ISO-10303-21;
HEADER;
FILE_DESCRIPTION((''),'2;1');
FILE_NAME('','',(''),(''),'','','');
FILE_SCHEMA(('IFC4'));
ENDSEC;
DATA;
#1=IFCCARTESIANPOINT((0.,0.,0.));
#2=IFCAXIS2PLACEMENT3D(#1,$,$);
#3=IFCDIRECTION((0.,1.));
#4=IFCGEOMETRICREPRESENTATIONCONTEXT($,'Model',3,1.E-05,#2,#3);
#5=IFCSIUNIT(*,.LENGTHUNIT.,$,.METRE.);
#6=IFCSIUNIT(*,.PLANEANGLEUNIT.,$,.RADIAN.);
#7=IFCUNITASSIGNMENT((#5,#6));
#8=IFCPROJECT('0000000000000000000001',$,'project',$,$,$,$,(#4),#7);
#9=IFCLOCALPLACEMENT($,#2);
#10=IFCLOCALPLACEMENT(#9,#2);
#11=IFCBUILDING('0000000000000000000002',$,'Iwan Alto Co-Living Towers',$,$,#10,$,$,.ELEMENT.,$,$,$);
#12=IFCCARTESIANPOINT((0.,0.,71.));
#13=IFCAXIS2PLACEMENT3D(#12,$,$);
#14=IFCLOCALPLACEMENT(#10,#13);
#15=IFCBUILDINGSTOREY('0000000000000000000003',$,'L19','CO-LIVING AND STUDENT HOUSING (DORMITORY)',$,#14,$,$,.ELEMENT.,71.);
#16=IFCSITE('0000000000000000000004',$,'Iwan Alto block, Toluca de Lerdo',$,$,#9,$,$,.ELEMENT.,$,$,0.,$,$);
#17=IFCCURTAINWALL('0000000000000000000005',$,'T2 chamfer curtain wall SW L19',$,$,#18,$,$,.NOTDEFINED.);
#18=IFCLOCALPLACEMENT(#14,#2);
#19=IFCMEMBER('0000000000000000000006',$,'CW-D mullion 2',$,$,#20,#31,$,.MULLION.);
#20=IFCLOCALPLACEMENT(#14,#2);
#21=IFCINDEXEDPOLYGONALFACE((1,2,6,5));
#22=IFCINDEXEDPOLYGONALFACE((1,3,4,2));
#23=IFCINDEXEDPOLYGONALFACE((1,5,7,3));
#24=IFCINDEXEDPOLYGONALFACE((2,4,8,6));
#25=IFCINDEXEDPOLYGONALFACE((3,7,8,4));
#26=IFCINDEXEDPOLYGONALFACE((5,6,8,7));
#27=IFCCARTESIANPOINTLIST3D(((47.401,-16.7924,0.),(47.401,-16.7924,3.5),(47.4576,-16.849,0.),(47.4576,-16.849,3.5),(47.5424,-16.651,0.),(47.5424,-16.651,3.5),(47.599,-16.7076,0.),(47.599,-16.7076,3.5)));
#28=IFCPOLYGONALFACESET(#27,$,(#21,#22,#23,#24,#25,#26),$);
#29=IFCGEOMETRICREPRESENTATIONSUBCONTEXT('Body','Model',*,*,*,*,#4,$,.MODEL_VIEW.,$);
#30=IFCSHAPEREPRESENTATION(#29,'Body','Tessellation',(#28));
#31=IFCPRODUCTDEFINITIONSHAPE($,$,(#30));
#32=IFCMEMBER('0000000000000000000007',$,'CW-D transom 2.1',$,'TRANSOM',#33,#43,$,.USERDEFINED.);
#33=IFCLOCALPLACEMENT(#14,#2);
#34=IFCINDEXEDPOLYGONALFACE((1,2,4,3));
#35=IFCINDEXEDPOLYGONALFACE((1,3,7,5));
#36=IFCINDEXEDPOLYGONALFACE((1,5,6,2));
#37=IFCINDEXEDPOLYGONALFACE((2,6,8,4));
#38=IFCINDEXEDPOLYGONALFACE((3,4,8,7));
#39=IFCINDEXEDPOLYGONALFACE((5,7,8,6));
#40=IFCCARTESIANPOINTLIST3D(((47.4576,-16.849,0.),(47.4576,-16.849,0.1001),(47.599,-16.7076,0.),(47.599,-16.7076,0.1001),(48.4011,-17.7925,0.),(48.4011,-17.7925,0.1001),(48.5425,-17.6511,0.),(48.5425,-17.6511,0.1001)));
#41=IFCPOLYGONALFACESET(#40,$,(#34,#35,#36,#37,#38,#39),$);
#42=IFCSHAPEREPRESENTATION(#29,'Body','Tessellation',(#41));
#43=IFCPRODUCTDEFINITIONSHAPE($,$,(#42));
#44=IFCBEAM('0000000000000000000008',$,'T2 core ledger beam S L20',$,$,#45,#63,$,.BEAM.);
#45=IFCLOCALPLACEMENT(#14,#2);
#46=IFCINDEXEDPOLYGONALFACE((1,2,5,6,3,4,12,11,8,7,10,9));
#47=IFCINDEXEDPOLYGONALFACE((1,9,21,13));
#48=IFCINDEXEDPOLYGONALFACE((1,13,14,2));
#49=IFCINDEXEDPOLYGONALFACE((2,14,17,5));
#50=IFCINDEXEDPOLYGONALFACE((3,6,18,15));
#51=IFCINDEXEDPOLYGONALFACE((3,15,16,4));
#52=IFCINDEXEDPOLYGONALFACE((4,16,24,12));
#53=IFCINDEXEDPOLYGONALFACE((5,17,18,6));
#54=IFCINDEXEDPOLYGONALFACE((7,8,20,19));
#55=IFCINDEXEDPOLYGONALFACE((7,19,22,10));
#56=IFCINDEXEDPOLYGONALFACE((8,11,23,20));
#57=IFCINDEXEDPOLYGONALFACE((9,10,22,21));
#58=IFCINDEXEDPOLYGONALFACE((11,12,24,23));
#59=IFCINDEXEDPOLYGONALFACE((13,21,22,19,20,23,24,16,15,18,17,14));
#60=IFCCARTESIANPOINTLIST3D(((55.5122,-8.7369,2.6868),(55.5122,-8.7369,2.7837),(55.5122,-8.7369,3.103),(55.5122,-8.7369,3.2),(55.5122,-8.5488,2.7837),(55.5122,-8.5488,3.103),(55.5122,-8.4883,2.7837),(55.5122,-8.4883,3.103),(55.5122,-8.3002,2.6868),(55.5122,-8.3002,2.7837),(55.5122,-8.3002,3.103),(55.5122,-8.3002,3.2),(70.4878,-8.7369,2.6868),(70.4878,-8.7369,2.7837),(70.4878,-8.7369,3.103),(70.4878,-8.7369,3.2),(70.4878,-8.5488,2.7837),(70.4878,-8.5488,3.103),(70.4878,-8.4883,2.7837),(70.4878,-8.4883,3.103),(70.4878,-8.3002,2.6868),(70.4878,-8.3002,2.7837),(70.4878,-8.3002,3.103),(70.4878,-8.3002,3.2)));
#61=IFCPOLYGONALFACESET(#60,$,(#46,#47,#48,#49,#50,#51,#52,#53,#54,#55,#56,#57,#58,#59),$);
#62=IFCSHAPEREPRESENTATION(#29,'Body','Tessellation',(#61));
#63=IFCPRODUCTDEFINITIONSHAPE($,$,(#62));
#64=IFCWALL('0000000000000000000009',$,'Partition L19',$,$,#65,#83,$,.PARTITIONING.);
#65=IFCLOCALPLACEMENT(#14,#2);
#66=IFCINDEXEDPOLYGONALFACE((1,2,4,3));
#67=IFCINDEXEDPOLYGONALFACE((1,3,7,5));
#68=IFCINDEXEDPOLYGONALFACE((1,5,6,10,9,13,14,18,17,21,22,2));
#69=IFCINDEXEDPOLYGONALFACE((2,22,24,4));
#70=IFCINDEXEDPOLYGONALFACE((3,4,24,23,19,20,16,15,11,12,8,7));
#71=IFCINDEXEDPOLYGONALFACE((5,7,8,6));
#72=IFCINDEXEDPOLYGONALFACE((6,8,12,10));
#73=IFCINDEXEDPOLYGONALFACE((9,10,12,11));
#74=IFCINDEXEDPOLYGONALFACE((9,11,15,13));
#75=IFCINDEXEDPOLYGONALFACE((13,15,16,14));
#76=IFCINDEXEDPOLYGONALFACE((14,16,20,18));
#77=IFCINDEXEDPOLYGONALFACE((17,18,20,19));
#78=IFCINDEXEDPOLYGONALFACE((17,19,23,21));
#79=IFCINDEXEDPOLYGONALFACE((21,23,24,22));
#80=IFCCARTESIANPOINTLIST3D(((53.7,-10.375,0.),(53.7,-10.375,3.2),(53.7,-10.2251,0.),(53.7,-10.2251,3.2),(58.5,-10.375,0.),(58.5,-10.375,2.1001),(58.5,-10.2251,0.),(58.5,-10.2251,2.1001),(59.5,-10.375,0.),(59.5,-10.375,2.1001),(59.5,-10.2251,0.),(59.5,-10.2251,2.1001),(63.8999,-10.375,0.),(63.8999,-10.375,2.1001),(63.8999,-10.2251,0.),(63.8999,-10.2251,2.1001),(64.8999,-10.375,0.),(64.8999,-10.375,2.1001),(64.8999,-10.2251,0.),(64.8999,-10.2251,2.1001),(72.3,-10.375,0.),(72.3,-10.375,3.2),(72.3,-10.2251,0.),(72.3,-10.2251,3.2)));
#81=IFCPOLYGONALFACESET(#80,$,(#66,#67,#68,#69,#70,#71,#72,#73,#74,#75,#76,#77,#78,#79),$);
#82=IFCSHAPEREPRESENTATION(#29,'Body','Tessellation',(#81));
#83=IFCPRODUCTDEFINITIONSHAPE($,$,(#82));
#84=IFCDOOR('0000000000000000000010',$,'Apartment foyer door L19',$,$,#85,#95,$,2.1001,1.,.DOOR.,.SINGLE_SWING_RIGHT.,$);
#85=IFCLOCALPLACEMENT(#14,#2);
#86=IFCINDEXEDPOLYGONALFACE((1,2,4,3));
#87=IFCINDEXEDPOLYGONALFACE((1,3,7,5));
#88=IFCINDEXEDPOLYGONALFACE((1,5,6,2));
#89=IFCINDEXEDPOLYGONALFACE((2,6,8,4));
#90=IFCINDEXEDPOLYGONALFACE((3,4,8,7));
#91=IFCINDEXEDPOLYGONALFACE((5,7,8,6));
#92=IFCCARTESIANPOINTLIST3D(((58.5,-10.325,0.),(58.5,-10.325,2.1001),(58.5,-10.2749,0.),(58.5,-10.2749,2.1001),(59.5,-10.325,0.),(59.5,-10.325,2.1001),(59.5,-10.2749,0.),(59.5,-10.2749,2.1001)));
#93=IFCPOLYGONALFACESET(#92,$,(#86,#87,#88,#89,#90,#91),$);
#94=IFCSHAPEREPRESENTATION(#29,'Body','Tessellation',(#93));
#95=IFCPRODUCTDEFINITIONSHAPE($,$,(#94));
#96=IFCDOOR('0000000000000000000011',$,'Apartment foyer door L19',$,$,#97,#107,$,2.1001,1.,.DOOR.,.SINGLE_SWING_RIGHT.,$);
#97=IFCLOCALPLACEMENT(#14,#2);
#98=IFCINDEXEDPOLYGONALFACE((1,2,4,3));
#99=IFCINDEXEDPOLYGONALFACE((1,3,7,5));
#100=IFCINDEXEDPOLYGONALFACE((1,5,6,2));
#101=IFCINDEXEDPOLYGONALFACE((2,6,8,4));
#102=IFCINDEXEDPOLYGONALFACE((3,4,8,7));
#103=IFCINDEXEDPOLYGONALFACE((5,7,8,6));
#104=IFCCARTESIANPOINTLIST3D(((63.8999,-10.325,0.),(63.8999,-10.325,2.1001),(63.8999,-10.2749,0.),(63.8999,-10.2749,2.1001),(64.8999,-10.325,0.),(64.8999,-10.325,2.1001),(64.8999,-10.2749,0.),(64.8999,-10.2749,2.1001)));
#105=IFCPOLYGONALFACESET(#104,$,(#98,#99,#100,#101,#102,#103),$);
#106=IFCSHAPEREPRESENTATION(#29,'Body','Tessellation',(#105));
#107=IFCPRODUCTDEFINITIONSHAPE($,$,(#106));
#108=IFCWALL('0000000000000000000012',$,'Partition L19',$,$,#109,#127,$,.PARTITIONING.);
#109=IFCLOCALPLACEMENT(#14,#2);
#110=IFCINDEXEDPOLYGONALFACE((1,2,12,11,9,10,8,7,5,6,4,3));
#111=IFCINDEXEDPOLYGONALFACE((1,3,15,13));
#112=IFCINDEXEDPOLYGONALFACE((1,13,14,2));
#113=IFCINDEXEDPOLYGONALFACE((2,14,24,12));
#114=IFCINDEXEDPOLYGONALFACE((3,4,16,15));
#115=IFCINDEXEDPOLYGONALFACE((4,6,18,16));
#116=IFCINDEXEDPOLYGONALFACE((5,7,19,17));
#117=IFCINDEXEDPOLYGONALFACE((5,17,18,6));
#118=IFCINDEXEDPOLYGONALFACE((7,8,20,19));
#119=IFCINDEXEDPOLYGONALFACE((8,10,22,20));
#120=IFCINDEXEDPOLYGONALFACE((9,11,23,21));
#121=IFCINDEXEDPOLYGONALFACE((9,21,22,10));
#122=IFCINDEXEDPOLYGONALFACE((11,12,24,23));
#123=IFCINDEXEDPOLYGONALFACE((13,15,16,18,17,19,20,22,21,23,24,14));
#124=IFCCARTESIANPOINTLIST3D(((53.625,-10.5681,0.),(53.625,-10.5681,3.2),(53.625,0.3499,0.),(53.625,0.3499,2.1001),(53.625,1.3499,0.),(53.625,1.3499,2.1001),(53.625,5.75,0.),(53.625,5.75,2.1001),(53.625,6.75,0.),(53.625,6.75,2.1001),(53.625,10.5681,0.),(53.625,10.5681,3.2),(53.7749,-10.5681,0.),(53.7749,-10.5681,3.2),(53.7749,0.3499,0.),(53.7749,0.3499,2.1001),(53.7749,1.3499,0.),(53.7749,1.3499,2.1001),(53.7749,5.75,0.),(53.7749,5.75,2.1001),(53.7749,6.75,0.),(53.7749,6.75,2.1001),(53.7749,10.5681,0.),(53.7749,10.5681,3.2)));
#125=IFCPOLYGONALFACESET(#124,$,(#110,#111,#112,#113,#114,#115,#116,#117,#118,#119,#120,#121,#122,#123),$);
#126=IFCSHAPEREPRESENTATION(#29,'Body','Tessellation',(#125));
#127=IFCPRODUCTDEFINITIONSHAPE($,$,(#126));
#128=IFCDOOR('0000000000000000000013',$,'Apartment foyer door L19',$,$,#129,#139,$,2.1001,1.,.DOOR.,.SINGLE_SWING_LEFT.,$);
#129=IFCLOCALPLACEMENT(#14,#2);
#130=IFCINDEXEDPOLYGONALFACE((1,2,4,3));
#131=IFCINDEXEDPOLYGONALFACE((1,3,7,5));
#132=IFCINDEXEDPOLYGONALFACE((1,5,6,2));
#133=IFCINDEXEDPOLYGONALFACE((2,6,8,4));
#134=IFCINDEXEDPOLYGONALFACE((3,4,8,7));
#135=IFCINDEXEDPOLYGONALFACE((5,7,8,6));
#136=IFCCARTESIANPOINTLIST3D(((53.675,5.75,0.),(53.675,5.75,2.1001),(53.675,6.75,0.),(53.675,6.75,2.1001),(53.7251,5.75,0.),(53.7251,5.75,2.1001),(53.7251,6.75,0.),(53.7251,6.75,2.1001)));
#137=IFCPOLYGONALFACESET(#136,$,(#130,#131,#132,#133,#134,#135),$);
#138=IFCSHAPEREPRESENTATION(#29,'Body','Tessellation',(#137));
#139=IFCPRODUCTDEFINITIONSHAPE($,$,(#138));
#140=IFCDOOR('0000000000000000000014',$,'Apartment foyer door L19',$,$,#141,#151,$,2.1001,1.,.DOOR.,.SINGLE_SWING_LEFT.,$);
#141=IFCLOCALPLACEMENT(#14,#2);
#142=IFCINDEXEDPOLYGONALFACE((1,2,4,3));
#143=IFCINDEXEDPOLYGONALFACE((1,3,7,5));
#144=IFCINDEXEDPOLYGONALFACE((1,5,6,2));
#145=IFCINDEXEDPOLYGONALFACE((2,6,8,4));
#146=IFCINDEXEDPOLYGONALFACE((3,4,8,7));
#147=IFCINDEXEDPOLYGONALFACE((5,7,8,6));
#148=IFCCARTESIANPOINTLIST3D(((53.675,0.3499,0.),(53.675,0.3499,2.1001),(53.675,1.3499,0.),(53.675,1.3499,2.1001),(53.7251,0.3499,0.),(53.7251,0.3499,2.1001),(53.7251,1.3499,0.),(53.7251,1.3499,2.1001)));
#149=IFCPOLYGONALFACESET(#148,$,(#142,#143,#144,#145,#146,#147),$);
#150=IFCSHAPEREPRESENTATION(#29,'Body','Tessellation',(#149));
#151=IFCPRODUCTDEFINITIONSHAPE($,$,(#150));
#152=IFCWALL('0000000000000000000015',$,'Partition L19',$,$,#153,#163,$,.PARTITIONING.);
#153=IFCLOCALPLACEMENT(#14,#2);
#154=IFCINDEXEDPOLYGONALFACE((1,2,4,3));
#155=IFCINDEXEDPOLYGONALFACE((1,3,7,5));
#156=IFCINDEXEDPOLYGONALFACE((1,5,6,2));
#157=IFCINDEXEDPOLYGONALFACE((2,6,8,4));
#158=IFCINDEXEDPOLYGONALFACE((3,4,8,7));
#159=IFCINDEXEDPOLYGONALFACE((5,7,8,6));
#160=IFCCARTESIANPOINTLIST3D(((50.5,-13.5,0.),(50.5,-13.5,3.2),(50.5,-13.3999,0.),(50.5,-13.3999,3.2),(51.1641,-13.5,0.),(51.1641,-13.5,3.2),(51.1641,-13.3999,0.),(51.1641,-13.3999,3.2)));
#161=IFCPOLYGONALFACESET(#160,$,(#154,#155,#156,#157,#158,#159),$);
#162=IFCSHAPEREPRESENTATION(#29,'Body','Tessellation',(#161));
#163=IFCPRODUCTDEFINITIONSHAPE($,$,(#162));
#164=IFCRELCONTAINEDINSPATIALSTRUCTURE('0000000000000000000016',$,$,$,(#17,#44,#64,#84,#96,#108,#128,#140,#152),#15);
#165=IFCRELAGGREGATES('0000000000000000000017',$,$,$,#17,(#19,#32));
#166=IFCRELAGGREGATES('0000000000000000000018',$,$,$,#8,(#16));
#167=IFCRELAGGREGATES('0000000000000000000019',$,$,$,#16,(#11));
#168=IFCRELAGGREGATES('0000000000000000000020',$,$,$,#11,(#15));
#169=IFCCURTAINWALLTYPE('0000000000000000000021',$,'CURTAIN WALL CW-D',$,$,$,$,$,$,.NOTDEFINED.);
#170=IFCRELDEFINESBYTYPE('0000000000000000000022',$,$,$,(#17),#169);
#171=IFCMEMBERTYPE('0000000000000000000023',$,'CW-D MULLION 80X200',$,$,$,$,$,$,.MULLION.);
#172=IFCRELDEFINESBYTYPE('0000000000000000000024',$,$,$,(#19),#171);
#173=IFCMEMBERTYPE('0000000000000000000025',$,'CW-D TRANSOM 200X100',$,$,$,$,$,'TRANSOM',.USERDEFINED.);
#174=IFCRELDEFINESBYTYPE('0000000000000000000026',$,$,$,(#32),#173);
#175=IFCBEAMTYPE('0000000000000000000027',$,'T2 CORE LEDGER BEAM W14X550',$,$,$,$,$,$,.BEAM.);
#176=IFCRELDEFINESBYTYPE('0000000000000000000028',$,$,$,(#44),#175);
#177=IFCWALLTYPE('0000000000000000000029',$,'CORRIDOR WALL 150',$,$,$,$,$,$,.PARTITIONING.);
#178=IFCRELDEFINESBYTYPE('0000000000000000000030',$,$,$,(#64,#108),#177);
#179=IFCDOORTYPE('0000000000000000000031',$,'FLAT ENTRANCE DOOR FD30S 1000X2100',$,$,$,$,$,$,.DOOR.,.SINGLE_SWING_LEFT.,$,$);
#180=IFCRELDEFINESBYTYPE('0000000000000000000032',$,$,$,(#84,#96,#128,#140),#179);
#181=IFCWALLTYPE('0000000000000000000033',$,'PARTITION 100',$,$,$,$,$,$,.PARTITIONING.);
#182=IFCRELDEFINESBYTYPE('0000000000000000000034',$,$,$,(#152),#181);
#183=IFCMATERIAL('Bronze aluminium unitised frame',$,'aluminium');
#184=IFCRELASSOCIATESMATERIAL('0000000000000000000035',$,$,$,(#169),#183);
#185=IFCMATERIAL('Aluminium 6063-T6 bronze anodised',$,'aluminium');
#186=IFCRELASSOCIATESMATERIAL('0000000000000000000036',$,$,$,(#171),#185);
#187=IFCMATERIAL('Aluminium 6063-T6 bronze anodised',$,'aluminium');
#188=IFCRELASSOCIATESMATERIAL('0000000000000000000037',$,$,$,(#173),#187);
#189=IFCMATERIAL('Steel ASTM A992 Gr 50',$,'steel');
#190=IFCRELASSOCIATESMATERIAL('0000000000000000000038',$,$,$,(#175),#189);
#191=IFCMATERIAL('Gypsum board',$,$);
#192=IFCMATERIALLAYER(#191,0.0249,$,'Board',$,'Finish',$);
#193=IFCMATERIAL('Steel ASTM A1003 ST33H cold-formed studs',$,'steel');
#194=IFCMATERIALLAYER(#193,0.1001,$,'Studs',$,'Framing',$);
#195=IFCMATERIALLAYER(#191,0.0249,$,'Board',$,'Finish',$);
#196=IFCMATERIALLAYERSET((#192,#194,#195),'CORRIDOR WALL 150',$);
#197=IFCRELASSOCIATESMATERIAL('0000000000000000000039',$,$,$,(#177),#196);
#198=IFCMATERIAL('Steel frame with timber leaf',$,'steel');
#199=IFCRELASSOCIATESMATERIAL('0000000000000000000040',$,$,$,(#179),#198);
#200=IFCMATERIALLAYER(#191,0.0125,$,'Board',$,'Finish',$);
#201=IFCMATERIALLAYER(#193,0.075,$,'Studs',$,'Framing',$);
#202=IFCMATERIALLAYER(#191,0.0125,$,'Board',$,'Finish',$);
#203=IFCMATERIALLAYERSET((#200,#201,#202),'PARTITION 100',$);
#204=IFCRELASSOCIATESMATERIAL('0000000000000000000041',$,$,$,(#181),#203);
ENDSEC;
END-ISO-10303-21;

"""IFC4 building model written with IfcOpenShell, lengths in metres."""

from ifc_helpers import new_model, si_unit, direction, frame, frame_2d, origin, origin_2d, place, context, subcontext, project, spatial, rectangle, i_section, extrude, material, layer, layer_set, material_profile, profile_set, type_object, element, fill, aggregate, save


model = new_model("IFC4")

# Units and contexts
model_context = context("Model", 3, precision=1e-05, world=origin(), true_north=direction((0.0, 1.0)))
body_context = subcontext(model_context, "Body", "Model", "MODEL_VIEW")
ifc_project = project(units=[si_unit("LENGTHUNIT", "METRE"), si_unit("PLANEANGLEUNIT", "RADIAN")], contexts=[model_context])

# Site, building, storey
site_placement = place(None, origin())
site = spatial("IfcSite", under=ifc_project, at=site_placement, Name="Iwan Alto block, Toluca de Lerdo", CompositionType="ELEMENT", RefElevation=0.0)
building_placement = place(site_placement, origin())
building = spatial("IfcBuilding", under=site, at=building_placement, Name="Iwan Alto Co-Living Towers", CompositionType="ELEMENT")
storey_placement = place(building_placement, frame((0.0, 0.0, 71.0)))
storey = spatial("IfcBuildingStorey", under=building, at=storey_placement, Name="L19", Description="CO-LIVING AND STUDENT HOUSING (DORMITORY)", CompositionType="ELEMENT", Elevation=71.0)

# Curtain wall, members
ifc_material_1 = material(Name="Bronze aluminium unitised frame", Category="aluminium")
curtain_wall_type = type_object("IfcCurtainWallType", Name="CURTAIN WALL CW-D", PredefinedType="NOTDEFINED", material=ifc_material_1)
curtain_wall_placement = place(storey_placement, origin())
curtain_wall = element("IfcCurtainWall", 1, at=curtain_wall_placement, inside=storey, type_object=curtain_wall_type, Name="T2 chamfer curtain wall SW L19", PredefinedType="NOTDEFINED")
ifc_material_2 = material(Name="Aluminium 6063-T6 bronze anodised", Category="aluminium")
ifc_material_profile_1 = material_profile(ifc_material_2, rectangle(XDim=0.2, YDim=0.0801, at=origin_2d()), Name="AL 80X200")
ifc_profile_set_1 = profile_set([ifc_material_profile_1], Name="Aluminium 6063-T6 bronze anodised")
member_type_1 = type_object("IfcMemberType", Name="CW-D MULLION 80X200", PredefinedType="MULLION", material=ifc_profile_set_1)
member_1_placement = place(storey_placement, frame((47.5, -16.75, 0.0), z_axis=(0.0, 0.0, 1.0), x_axis=(0.707107, 0.707107, 0.0)))
member_1 = element("IfcMember", 2, at=member_1_placement, type_object=member_type_1, Name="CW-D mullion 2", PredefinedType="MULLION", context=body_context, shape_type="SweptSolid", body=[
    extrude(rectangle(XDim=0.2, YDim=0.0801, at=origin_2d()), origin(), (0.0, 0.0, 1.0), 3.5),
])
ifc_material_3 = material(Name="Aluminium 6063-T6 bronze anodised", Category="aluminium")
ifc_material_profile_2 = material_profile(ifc_material_3, rectangle(XDim=0.2, YDim=0.1001, at=origin_2d()), Name="AL 200X100")
ifc_profile_set_2 = profile_set([ifc_material_profile_2], Name="Aluminium 6063-T6 bronze anodised")
member_type_2 = type_object("IfcMemberType", Name="CW-D TRANSOM 200X100", ElementType="TRANSOM", PredefinedType="USERDEFINED", material=ifc_profile_set_2)
member_2_placement = place(storey_placement, frame((47.5283, -16.7783, 0.05), z_axis=(0.707107, -0.707107, 0.0), x_axis=(0.707107, 0.707107, 0.0)))
member_2 = element("IfcMember", 3, at=member_2_placement, type_object=member_type_2, Name="CW-D transom 2.1", ObjectType="TRANSOM", PredefinedType="USERDEFINED", context=body_context, shape_type="SweptSolid", body=[
    extrude(rectangle(XDim=0.2, YDim=0.1001, at=origin_2d()), origin(), (0.0, 0.0, 1.0), 1.3342),
])
aggregate(curtain_wall, [member_1, member_2])

# Beam
ifc_material_4 = material(Name="Steel ASTM A992 Gr 50", Category="steel")
ifc_material_profile_3 = material_profile(ifc_material_4, i_section(OverallWidth=0.4368, OverallDepth=0.5132, WebThickness=0.0605, FlangeThickness=0.0969, at=origin_2d()), Name="W14X550")
ifc_profile_set_3 = profile_set([ifc_material_profile_3], Name="Steel ASTM A992 Gr 50")
beam_type = type_object("IfcBeamType", Name="T2 CORE LEDGER BEAM W14X550", PredefinedType="BEAM", material=ifc_profile_set_3)
beam_placement = place(storey_placement, frame((55.5122, -8.5186, 2.9434), z_axis=(1.0, 0.0, 0.0), x_axis=(0.0, 1.0, 0.0)))
element("IfcBeam", 4, at=beam_placement, inside=storey, type_object=beam_type, Name="T2 core ledger beam S L20", PredefinedType="BEAM", context=body_context, shape_type="SweptSolid", body=[
    extrude(i_section(OverallWidth=0.4368, OverallDepth=0.5132, WebThickness=0.0605, FlangeThickness=0.0969, at=origin_2d()), origin(), (0.0, 0.0, 1.0), 14.9756),
])

# Walls, openings, doors
ifc_material_5 = material(Name="Gypsum board")
ifc_layer_1 = layer(ifc_material_5, 0.0249, Name="Board", Category="Finish")
ifc_material_6 = material(Name="Steel ASTM A1003 ST33H cold-formed studs", Category="steel")
ifc_layer_2 = layer(ifc_material_6, 0.1001, Name="Studs", Category="Framing")
ifc_layer_3 = layer(ifc_material_5, 0.0249, Name="Board", Category="Finish")
ifc_layer_set_1 = layer_set([ifc_layer_1, ifc_layer_2, ifc_layer_3], Name="CORRIDOR WALL 150")
wall_type_1 = type_object("IfcWallType", Name="CORRIDOR WALL 150", PredefinedType="PARTITIONING", material=ifc_layer_set_1)
wall_1_placement = place(storey_placement, frame((53.7, -10.3, 0.0), z_axis=(0.0, 0.0, 1.0), x_axis=(1.0, 0.0, 0.0)))
wall_1 = element("IfcWall", 5, at=wall_1_placement, inside=storey, type_object=wall_type_1, Name="Partition L19", PredefinedType="PARTITIONING", context=body_context, shape_type="SweptSolid", body=[
    extrude(rectangle(XDim=18.6001, YDim=0.1499, at=frame_2d((9.3, 0.0))), origin(), (0.0, 0.0, 1.0), 3.2),
])
opening_1_placement = place(wall_1_placement, frame((4.8, 0.0, 0.0)))
opening_1 = element("IfcOpeningElement", 6, at=opening_1_placement, cuts=wall_1, PredefinedType="OPENING", context=body_context, shape_type="SweptSolid", body=[
    extrude(rectangle(XDim=1.0, YDim=2.1001, at=frame_2d((0.5, 1.05))), frame((0.0, 0.085, 0.0), z_axis=(0.0, -1.0, 0.0), x_axis=(1.0, 0.0, 0.0)), (0.0, 0.0, 1.0), 0.1699),
])
opening_2_placement = place(wall_1_placement, frame((10.2, 0.0, 0.0)))
opening_2 = element("IfcOpeningElement", 7, at=opening_2_placement, cuts=wall_1, PredefinedType="OPENING", context=body_context, shape_type="SweptSolid", body=[
    extrude(rectangle(XDim=1.0, YDim=2.1001, at=frame_2d((0.5, 1.05))), frame((0.0, 0.085, 0.0), z_axis=(0.0, -1.0, 0.0), x_axis=(1.0, 0.0, 0.0)), (0.0, 0.0, 1.0), 0.1699),
])
ifc_material_7 = material(Name="Steel frame with timber leaf", Category="steel")
door_type_1 = type_object("IfcDoorType", Name="FLAT ENTRANCE DOOR FD30S 1000X2100", OperationType="SINGLE_SWING_LEFT", PredefinedType="DOOR", material=ifc_material_7)
door_1_placement = place(opening_1_placement, frame((1.0, 0.0, 0.0), z_axis=(0.0, 0.0, 1.0), x_axis=(-1.0, 0.0, 0.0)))
door_1 = element("IfcDoor", 8, at=door_1_placement, inside=storey, type_object=door_type_1, Name="Apartment foyer door L19", OperationType="SINGLE_SWING_RIGHT", OverallHeight=2.1001, OverallWidth=1.0, PredefinedType="DOOR", context=body_context, shape_type="SweptSolid", body=[
    extrude(rectangle(XDim=1.0, YDim=2.1001, at=frame_2d((0.5, 1.05))), frame((0.0, 0.0249, 0.0), z_axis=(0.0, -1.0, 0.0), x_axis=(1.0, 0.0, 0.0)), (0.0, 0.0, 1.0), 0.05),
])
fill(opening_1, door_1)
door_2_placement = place(opening_2_placement, frame((1.0, 0.0, 0.0), z_axis=(0.0, 0.0, 1.0), x_axis=(-1.0, 0.0, 0.0)))
door_2 = element("IfcDoor", 9, at=door_2_placement, inside=storey, type_object=door_type_1, Name="Apartment foyer door L19", OperationType="SINGLE_SWING_RIGHT", OverallHeight=2.1001, OverallWidth=1.0, PredefinedType="DOOR", context=body_context, shape_type="SweptSolid", body=[
    extrude(rectangle(XDim=1.0, YDim=2.1001, at=frame_2d((0.5, 1.05))), frame((0.0, 0.0249, 0.0), z_axis=(0.0, -1.0, 0.0), x_axis=(1.0, 0.0, 0.0)), (0.0, 0.0, 1.0), 0.05),
])
fill(opening_2, door_2)
wall_2_placement = place(storey_placement, frame((53.7, -10.5681, 0.0), z_axis=(0.0, 0.0, 1.0), x_axis=(0.0, 1.0, 0.0)))
wall_2 = element("IfcWall", 10, at=wall_2_placement, inside=storey, type_object=wall_type_1, Name="Partition L19", PredefinedType="PARTITIONING", context=body_context, shape_type="SweptSolid", body=[
    extrude(rectangle(XDim=21.1362, YDim=0.1499, at=frame_2d((10.5681, 0.0))), origin(), (0.0, 0.0, 1.0), 3.2),
])
opening_3_placement = place(wall_2_placement, frame((16.3181, 0.0, 0.0)))
opening_3 = element("IfcOpeningElement", 11, at=opening_3_placement, cuts=wall_2, PredefinedType="OPENING", context=body_context, shape_type="SweptSolid", body=[
    extrude(rectangle(XDim=1.0, YDim=2.1001, at=frame_2d((0.5, 1.05))), frame((0.0, 0.085, 0.0), z_axis=(0.0, -1.0, 0.0), x_axis=(1.0, 0.0, 0.0)), (0.0, 0.0, 1.0), 0.1699),
])
opening_4_placement = place(wall_2_placement, frame((10.918, 0.0, 0.0)))
opening_4 = element("IfcOpeningElement", 12, at=opening_4_placement, cuts=wall_2, PredefinedType="OPENING", context=body_context, shape_type="SweptSolid", body=[
    extrude(rectangle(XDim=1.0, YDim=2.1001, at=frame_2d((0.5, 1.05))), frame((0.0, 0.085, 0.0), z_axis=(0.0, -1.0, 0.0), x_axis=(1.0, 0.0, 0.0)), (0.0, 0.0, 1.0), 0.1699),
])
door_3_placement = place(opening_3_placement, origin())
door_3 = element("IfcDoor", 13, at=door_3_placement, inside=storey, type_object=door_type_1, Name="Apartment foyer door L19", OperationType="SINGLE_SWING_LEFT", OverallHeight=2.1001, OverallWidth=1.0, PredefinedType="DOOR", context=body_context, shape_type="SweptSolid", body=[
    extrude(rectangle(XDim=1.0, YDim=2.1001, at=frame_2d((0.5, 1.05))), frame((0.0, 0.0249, 0.0), z_axis=(0.0, -1.0, 0.0), x_axis=(1.0, 0.0, 0.0)), (0.0, 0.0, 1.0), 0.05),
])
fill(opening_3, door_3)
door_4_placement = place(opening_4_placement, origin())
door_4 = element("IfcDoor", 14, at=door_4_placement, inside=storey, type_object=door_type_1, Name="Apartment foyer door L19", OperationType="SINGLE_SWING_LEFT", OverallHeight=2.1001, OverallWidth=1.0, PredefinedType="DOOR", context=body_context, shape_type="SweptSolid", body=[
    extrude(rectangle(XDim=1.0, YDim=2.1001, at=frame_2d((0.5, 1.05))), frame((0.0, 0.0249, 0.0), z_axis=(0.0, -1.0, 0.0), x_axis=(1.0, 0.0, 0.0)), (0.0, 0.0, 1.0), 0.05),
])
fill(opening_4, door_4)

# Wall
ifc_layer_4 = layer(ifc_material_5, 0.0125, Name="Board", Category="Finish")
ifc_layer_5 = layer(ifc_material_6, 0.075, Name="Studs", Category="Framing")
ifc_layer_6 = layer(ifc_material_5, 0.0125, Name="Board", Category="Finish")
ifc_layer_set_2 = layer_set([ifc_layer_4, ifc_layer_5, ifc_layer_6], Name="PARTITION 100")
wall_type_2 = type_object("IfcWallType", Name="PARTITION 100", PredefinedType="PARTITIONING", material=ifc_layer_set_2)
wall_3_placement = place(storey_placement, frame((50.5, -13.45, 0.0), z_axis=(0.0, 0.0, 1.0), x_axis=(1.0, 0.0, 0.0)))
element("IfcWall", 15, at=wall_3_placement, inside=storey, type_object=wall_type_2, Name="Partition L19", PredefinedType="PARTITIONING", context=body_context, shape_type="SweptSolid", body=[
    extrude(rectangle(XDim=0.6641, YDim=0.1001, at=frame_2d((0.332, 0.0))), origin(), (0.0, 0.0, 1.0), 3.2),
])

save(model, "model.ifc")
